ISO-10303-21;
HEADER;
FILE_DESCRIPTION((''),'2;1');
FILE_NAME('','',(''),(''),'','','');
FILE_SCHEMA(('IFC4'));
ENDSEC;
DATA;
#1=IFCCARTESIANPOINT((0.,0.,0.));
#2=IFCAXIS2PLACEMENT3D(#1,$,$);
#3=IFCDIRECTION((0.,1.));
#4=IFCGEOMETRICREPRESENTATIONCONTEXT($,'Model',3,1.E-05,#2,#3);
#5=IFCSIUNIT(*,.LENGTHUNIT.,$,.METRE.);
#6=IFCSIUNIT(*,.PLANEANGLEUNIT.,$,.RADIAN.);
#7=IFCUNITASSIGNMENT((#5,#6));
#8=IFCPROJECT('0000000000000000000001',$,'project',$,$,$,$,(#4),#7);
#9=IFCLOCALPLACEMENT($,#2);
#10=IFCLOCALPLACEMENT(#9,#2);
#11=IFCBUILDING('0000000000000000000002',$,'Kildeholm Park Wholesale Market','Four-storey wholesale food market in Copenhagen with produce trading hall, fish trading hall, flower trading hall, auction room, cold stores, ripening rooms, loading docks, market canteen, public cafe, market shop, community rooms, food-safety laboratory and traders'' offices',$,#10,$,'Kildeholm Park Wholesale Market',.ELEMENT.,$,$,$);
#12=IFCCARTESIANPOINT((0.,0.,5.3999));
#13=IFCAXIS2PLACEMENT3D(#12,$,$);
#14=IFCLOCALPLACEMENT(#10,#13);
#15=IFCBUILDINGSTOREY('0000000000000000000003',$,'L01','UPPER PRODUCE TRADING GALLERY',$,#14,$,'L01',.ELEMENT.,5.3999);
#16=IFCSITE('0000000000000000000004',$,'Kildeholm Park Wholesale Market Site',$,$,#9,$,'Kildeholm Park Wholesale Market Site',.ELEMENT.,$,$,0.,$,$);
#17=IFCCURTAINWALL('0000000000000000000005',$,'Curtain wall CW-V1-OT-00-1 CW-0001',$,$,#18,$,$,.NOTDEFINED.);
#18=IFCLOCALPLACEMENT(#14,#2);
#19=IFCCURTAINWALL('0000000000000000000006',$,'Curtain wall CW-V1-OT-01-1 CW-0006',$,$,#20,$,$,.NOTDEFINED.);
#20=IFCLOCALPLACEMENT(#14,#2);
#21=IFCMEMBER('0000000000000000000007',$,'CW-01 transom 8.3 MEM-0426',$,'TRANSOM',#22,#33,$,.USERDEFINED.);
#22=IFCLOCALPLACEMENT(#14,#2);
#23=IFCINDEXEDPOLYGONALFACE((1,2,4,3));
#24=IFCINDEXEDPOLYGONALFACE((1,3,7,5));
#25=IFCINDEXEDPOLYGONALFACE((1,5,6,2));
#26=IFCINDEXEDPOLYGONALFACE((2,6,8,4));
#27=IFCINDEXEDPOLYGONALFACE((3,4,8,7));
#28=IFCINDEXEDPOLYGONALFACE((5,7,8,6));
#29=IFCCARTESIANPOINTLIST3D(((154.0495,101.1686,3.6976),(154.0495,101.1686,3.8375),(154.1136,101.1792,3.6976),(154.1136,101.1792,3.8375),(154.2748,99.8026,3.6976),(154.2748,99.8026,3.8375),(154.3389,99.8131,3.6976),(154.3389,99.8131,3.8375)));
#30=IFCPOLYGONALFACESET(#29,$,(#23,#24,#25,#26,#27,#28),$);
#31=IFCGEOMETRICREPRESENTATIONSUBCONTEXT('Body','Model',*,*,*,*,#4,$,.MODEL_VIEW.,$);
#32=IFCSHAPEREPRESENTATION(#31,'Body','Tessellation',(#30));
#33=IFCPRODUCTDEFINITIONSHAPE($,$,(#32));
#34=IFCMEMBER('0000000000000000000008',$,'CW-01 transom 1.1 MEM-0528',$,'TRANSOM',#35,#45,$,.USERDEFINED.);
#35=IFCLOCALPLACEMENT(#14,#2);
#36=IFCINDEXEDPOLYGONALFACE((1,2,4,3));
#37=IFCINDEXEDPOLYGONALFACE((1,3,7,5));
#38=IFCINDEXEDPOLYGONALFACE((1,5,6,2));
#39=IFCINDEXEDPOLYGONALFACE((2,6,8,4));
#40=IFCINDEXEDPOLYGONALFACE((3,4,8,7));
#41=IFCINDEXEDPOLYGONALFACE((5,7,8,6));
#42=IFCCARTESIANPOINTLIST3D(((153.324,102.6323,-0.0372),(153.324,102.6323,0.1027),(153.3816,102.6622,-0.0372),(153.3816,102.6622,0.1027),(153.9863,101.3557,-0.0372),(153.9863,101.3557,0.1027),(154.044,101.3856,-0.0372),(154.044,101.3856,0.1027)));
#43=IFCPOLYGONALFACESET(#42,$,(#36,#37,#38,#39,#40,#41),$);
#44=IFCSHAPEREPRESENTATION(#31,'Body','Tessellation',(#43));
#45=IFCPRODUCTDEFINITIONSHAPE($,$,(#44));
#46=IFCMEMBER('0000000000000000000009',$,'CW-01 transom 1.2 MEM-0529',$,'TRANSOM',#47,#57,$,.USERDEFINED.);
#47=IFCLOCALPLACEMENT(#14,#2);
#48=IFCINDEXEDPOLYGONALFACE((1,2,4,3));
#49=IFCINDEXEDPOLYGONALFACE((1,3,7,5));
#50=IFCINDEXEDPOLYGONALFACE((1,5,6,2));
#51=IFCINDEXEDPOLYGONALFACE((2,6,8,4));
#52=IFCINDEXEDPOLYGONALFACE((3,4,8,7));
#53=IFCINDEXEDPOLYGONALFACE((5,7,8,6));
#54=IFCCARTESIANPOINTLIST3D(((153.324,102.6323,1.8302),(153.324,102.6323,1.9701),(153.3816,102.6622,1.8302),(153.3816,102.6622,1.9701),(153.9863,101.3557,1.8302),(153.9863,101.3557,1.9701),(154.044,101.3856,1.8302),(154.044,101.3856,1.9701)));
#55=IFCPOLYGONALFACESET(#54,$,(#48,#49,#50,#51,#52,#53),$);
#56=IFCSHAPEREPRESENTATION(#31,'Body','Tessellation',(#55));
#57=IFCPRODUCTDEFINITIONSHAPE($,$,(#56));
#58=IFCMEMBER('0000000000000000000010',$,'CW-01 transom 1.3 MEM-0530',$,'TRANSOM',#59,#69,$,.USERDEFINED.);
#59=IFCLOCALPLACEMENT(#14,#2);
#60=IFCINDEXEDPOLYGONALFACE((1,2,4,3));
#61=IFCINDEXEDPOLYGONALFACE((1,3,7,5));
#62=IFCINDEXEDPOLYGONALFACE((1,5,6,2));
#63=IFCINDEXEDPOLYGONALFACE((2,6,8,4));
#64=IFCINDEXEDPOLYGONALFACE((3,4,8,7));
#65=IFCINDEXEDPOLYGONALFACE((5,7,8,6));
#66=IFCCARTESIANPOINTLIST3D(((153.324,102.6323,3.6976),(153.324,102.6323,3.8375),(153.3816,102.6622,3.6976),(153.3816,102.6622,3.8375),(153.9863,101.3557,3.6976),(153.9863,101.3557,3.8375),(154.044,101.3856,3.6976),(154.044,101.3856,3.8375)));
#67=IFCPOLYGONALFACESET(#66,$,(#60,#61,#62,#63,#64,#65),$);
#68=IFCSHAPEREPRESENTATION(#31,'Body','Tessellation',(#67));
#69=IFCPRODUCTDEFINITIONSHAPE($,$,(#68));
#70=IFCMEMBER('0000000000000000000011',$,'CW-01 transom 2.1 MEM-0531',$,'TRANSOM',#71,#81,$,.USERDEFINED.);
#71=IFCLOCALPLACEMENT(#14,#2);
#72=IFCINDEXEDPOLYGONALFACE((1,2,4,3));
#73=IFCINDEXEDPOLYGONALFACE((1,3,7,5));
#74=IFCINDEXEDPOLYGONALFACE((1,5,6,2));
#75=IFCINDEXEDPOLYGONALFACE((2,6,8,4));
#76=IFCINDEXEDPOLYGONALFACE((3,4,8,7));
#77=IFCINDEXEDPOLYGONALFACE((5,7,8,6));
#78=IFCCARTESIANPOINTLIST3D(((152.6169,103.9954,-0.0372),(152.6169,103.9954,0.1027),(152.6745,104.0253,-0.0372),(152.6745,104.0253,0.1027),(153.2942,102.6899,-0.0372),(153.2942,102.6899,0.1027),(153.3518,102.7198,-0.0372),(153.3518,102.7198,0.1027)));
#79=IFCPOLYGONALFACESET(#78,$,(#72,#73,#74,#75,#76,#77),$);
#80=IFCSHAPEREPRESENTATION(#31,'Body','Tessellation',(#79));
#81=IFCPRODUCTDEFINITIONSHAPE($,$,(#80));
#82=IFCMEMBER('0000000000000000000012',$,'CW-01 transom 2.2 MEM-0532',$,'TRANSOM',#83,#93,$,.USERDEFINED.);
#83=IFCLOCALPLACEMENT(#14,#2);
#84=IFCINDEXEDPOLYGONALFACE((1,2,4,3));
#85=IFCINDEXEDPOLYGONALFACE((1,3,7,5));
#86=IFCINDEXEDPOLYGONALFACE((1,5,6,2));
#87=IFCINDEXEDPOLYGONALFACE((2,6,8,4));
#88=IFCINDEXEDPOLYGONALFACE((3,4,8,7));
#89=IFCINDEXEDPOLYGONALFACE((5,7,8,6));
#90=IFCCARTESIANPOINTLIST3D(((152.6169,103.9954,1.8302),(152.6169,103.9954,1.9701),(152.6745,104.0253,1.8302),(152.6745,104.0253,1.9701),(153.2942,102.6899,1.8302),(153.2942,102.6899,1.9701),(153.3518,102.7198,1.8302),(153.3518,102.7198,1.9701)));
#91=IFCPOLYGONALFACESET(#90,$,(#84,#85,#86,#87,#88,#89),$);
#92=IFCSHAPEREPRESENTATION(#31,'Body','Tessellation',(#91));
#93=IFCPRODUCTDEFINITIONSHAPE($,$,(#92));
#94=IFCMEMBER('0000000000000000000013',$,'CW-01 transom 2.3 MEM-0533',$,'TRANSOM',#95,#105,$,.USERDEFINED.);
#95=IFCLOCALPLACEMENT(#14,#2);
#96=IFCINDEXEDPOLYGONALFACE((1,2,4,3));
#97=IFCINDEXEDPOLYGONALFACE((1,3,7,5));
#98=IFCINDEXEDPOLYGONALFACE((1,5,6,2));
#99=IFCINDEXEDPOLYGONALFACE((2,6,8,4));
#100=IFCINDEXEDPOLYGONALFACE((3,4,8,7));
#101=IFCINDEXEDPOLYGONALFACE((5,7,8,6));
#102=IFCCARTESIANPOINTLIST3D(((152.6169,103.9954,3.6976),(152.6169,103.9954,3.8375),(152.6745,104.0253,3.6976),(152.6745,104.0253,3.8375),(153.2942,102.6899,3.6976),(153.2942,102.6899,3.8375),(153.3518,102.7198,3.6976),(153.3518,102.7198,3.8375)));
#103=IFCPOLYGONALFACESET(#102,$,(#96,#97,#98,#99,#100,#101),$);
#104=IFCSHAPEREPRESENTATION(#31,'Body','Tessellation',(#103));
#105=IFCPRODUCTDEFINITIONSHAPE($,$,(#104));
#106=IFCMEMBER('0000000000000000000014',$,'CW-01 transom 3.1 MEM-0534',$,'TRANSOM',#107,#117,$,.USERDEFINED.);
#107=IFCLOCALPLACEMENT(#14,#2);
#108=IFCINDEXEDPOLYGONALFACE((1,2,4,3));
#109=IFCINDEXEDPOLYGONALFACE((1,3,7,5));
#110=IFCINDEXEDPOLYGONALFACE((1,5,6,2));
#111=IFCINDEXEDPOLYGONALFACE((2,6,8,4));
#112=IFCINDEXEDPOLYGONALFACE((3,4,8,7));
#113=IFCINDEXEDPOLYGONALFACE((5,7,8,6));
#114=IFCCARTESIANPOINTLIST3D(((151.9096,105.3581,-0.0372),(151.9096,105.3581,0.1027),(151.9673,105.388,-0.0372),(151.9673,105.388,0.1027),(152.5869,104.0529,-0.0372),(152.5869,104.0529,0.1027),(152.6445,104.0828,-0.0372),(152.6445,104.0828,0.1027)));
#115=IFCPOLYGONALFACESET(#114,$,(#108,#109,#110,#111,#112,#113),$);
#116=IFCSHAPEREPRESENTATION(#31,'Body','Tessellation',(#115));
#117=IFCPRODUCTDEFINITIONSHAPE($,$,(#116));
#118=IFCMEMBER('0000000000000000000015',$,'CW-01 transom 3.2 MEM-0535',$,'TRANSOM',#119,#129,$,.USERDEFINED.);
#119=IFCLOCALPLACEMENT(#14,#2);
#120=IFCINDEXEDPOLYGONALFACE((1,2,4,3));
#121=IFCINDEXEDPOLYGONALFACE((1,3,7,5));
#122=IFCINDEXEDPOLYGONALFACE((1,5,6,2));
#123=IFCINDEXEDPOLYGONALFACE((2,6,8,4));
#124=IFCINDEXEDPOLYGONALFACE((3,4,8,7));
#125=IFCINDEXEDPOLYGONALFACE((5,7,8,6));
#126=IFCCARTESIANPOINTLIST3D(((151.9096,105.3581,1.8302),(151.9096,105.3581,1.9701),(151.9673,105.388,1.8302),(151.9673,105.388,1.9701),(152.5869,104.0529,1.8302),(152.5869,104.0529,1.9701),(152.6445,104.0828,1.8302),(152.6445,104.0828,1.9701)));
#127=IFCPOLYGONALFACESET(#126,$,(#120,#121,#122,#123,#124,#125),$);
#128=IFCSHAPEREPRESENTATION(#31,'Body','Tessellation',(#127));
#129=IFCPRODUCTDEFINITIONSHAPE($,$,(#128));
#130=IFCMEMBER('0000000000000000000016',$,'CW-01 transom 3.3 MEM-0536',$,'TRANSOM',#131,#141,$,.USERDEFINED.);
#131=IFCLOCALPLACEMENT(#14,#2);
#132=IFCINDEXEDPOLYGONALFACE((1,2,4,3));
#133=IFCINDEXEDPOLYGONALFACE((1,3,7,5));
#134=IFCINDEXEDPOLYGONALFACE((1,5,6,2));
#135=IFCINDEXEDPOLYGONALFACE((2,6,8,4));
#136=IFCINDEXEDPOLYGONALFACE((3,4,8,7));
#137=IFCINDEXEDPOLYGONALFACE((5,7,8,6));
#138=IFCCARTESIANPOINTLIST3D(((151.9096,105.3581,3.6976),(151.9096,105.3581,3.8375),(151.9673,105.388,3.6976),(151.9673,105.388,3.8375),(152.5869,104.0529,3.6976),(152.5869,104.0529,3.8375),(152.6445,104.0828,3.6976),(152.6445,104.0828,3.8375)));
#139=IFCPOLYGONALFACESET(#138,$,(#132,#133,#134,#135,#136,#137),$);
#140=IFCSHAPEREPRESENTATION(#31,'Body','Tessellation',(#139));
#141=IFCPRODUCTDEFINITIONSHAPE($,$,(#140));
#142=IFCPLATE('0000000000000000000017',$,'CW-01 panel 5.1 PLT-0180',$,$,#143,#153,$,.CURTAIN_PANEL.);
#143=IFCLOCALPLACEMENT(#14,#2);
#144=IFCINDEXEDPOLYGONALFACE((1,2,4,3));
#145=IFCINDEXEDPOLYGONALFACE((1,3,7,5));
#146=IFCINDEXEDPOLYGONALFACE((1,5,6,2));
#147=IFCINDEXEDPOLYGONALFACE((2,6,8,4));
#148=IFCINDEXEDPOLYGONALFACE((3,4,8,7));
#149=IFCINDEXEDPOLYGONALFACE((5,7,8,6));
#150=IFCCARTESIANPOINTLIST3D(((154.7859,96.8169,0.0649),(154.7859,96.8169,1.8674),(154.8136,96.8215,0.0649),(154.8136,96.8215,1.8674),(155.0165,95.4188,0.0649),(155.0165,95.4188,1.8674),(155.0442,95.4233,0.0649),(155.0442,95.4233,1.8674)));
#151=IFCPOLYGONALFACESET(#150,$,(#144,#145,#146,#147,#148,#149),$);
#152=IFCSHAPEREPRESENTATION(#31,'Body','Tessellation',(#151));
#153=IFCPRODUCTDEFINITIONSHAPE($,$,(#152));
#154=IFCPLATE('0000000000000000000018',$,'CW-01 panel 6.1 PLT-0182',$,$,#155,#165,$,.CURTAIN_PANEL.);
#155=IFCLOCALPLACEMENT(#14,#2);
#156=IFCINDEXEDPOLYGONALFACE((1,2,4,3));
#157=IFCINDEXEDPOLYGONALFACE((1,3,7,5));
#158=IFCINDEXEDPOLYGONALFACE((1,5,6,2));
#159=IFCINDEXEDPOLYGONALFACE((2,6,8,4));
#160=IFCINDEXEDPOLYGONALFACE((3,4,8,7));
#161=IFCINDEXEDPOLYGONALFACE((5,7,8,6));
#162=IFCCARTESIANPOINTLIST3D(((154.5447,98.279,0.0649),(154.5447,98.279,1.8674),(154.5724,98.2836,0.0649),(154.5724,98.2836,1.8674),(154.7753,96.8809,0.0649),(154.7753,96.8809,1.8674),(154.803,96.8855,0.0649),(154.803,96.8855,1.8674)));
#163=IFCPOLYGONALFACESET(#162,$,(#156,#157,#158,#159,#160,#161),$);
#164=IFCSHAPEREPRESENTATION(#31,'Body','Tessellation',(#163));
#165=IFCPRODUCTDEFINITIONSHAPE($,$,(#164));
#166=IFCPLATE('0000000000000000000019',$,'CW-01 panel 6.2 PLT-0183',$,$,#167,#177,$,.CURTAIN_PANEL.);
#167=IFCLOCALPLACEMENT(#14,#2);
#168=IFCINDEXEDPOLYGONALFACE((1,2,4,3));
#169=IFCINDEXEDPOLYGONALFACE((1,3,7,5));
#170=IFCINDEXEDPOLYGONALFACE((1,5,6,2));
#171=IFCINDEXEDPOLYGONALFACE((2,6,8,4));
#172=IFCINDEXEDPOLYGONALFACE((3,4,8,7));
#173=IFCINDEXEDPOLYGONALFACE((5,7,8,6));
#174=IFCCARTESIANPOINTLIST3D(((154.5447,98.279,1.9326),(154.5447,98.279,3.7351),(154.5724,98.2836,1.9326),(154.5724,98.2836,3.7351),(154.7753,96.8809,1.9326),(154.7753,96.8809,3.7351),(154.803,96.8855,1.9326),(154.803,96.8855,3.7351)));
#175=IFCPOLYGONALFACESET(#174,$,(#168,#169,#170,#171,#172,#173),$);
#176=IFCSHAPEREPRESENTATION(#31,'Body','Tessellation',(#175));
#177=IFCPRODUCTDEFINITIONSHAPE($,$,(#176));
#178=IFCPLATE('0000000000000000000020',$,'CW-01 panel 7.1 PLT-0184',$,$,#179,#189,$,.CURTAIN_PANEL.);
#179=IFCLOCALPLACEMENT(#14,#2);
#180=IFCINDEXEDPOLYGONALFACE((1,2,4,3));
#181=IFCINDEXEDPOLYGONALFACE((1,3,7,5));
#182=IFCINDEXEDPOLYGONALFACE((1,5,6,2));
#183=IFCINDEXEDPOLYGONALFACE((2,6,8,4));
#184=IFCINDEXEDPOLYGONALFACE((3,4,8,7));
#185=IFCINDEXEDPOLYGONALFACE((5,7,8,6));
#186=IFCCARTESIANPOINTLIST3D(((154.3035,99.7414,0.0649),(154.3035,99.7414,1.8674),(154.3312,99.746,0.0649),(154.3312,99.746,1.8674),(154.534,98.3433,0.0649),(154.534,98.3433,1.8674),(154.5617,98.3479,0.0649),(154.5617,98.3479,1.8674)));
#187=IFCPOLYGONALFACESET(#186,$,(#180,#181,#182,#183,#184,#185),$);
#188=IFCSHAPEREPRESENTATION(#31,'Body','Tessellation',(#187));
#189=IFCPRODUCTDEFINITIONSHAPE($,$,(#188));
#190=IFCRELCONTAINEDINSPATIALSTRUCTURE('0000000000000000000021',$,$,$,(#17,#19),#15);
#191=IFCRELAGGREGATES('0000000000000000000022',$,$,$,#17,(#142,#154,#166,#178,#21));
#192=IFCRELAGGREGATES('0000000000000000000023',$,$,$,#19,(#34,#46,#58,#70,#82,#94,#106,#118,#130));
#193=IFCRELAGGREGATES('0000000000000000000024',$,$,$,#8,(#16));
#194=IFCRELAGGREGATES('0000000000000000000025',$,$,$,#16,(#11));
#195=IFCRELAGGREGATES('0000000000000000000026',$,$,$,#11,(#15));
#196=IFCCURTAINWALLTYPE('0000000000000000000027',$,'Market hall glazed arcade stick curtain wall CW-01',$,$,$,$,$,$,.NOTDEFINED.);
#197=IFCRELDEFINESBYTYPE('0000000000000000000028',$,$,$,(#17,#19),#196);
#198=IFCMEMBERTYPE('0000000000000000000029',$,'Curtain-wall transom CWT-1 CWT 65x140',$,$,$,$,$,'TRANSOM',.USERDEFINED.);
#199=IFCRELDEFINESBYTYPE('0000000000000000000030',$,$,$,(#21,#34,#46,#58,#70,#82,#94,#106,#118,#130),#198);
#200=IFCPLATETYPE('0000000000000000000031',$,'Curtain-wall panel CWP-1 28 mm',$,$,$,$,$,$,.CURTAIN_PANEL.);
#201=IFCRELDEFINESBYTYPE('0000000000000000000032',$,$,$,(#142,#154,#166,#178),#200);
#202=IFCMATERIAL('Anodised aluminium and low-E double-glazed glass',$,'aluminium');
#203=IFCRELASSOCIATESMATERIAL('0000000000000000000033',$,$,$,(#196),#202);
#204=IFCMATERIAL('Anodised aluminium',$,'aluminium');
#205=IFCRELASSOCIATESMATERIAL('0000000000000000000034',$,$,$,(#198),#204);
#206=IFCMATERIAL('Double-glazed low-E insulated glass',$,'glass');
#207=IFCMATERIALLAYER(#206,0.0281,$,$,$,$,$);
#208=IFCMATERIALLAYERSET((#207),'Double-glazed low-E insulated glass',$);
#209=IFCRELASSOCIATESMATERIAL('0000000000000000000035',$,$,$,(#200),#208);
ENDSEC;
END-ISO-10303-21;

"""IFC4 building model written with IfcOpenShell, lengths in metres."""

from ifc_helpers import new_model, si_unit, direction, frame, origin, origin_2d, place, context, subcontext, project, spatial, rectangle, extrude, material, layer, layer_set, material_profile, profile_set, type_object, element, aggregate, save


model = new_model("IFC4")

# Units and contexts
model_context = context("Model", 3, precision=1e-05, world=origin(), true_north=direction((0.0, 1.0)))
body_context = subcontext(model_context, "Body", "Model", "MODEL_VIEW")
ifc_project = project(units=[si_unit("LENGTHUNIT", "METRE"), si_unit("PLANEANGLEUNIT", "RADIAN")], contexts=[model_context])

# Site, building, storey
site_placement = place(None, origin())
site = spatial("IfcSite", under=ifc_project, at=site_placement, Name="Kildeholm Park Wholesale Market Site", LongName="Kildeholm Park Wholesale Market Site", CompositionType="ELEMENT", RefElevation=0.0)
building_placement = place(site_placement, origin())
building = spatial("IfcBuilding", under=site, at=building_placement, Name="Kildeholm Park Wholesale Market", Description="Four-storey wholesale food market in Copenhagen with produce trading hall, fish trading hall, flower trading hall, auction room, cold stores, ripening rooms, loading docks, market canteen, public cafe, market shop, community rooms, food-safety laboratory and traders' offices", LongName="Kildeholm Park Wholesale Market", CompositionType="ELEMENT")
storey_placement = place(building_placement, frame((0.0, 0.0, 5.3999)))
storey = spatial("IfcBuildingStorey", under=building, at=storey_placement, Name="L01", Description="UPPER PRODUCE TRADING GALLERY", LongName="L01", CompositionType="ELEMENT", Elevation=5.3999)

# Curtain walls
ifc_material_1 = material(Name="Anodised aluminium and low-E double-glazed glass", Category="aluminium")
curtain_wall_type = type_object("IfcCurtainWallType", Name="Market hall glazed arcade stick curtain wall CW-01", PredefinedType="NOTDEFINED", material=ifc_material_1)
curtain_wall_1_placement = place(storey_placement, origin())
curtain_wall_1 = element("IfcCurtainWall", 1, at=curtain_wall_1_placement, inside=storey, type_object=curtain_wall_type, Name="Curtain wall CW-V1-OT-00-1 CW-0001", PredefinedType="NOTDEFINED")
ifc_material_2 = material(Name="Anodised aluminium", Category="aluminium")
curtain_wall_2_placement = place(storey_placement, origin())
curtain_wall_2 = element("IfcCurtainWall", 2, at=curtain_wall_2_placement, inside=storey, type_object=curtain_wall_type, Name="Curtain wall CW-V1-OT-01-1 CW-0006", PredefinedType="NOTDEFINED")

# Members
ifc_material_profile_1 = material_profile(ifc_material_2, rectangle(XDim=0.0649, YDim=0.1399, at=origin_2d()), Name="CWT 65x140")
ifc_profile_set_1 = profile_set([ifc_material_profile_1], Name="Anodised aluminium")
member_type_1 = type_object("IfcMemberType", Name="Curtain-wall transom CWT-1 CWT 65x140", ElementType="TRANSOM", PredefinedType="USERDEFINED", material=ifc_profile_set_1)
member_1_placement = place(storey_placement, frame((154.3069, 99.8079, 3.7676), z_axis=(-0.162769, 0.986664, 0.0), x_axis=(-0.986664, -0.162769, 0.0)))
member_1 = element("IfcMember", 3, at=member_1_placement, type_object=member_type_1, Name="CW-01 transom 8.3 MEM-0426", ObjectType="TRANSOM", PredefinedType="USERDEFINED", context=body_context, shape_type="SweptSolid", body=[
    extrude(rectangle(XDim=0.0649, YDim=0.1399, at=origin_2d()), origin(), (0.0, 0.0, 1.0), 1.3845),
])
member_2_placement = place(storey_placement, frame((154.0151, 101.3706, 0.0327), z_axis=(-0.46054, 0.887639, 0.0), x_axis=(-0.887639, -0.46054, 0.0)))
member_2 = element("IfcMember", 4, at=member_2_placement, type_object=member_type_1, Name="CW-01 transom 1.1 MEM-0528", ObjectType="TRANSOM", PredefinedType="USERDEFINED", context=body_context, shape_type="SweptSolid", body=[
    extrude(rectangle(XDim=0.0649, YDim=0.1399, at=origin_2d()), origin(), (0.0, 0.0, 1.0), 1.4382),
])
member_3_placement = place(storey_placement, frame((154.0151, 101.3706, 1.9001), z_axis=(-0.46054, 0.887639, 0.0), x_axis=(-0.887639, -0.46054, 0.0)))
member_3 = element("IfcMember", 5, at=member_3_placement, type_object=member_type_1, Name="CW-01 transom 1.2 MEM-0529", ObjectType="TRANSOM", PredefinedType="USERDEFINED", context=body_context, shape_type="SweptSolid", body=[
    extrude(rectangle(XDim=0.0649, YDim=0.1399, at=origin_2d()), origin(), (0.0, 0.0, 1.0), 1.4382),
])
member_4_placement = place(storey_placement, frame((154.0151, 101.3706, 3.7676), z_axis=(-0.46054, 0.887639, 0.0), x_axis=(-0.887639, -0.46054, 0.0)))
member_4 = element("IfcMember", 6, at=member_4_placement, type_object=member_type_1, Name="CW-01 transom 1.3 MEM-0530", ObjectType="TRANSOM", PredefinedType="USERDEFINED", context=body_context, shape_type="SweptSolid", body=[
    extrude(rectangle(XDim=0.0649, YDim=0.1399, at=origin_2d()), origin(), (0.0, 0.0, 1.0), 1.4382),
])
member_5_placement = place(storey_placement, frame((153.323, 102.7048, 0.0327), z_axis=(-0.460511, 0.887654, 0.0), x_axis=(-0.887654, -0.460511, 0.0)))
member_5 = element("IfcMember", 7, at=member_5_placement, type_object=member_type_1, Name="CW-01 transom 2.1 MEM-0531", ObjectType="TRANSOM", PredefinedType="USERDEFINED", context=body_context, shape_type="SweptSolid", body=[
    extrude(rectangle(XDim=0.0649, YDim=0.1399, at=origin_2d()), origin(), (0.0, 0.0, 1.0), 1.4707),
])
member_6_placement = place(storey_placement, frame((153.323, 102.7048, 1.9001), z_axis=(-0.460511, 0.887654, 0.0), x_axis=(-0.887654, -0.460511, 0.0)))
member_6 = element("IfcMember", 8, at=member_6_placement, type_object=member_type_1, Name="CW-01 transom 2.2 MEM-0532", ObjectType="TRANSOM", PredefinedType="USERDEFINED", context=body_context, shape_type="SweptSolid", body=[
    extrude(rectangle(XDim=0.0649, YDim=0.1399, at=origin_2d()), origin(), (0.0, 0.0, 1.0), 1.4707),
])
member_7_placement = place(storey_placement, frame((153.323, 102.7048, 3.7676), z_axis=(-0.460511, 0.887654, 0.0), x_axis=(-0.887654, -0.460511, 0.0)))
member_7 = element("IfcMember", 9, at=member_7_placement, type_object=member_type_1, Name="CW-01 transom 2.3 MEM-0533", ObjectType="TRANSOM", PredefinedType="USERDEFINED", context=body_context, shape_type="SweptSolid", body=[
    extrude(rectangle(XDim=0.0649, YDim=0.1399, at=origin_2d()), origin(), (0.0, 0.0, 1.0), 1.4707),
])
member_8_placement = place(storey_placement, frame((152.6157, 104.0679, 0.0327), z_axis=(-0.460579, 0.887619, 0.0), x_axis=(-0.887619, -0.460579, 0.0)))
member_8 = element("IfcMember", 10, at=member_8_placement, type_object=member_type_1, Name="CW-01 transom 3.1 MEM-0534", ObjectType="TRANSOM", PredefinedType="USERDEFINED", context=body_context, shape_type="SweptSolid", body=[
    extrude(rectangle(XDim=0.0649, YDim=0.1399, at=origin_2d()), origin(), (0.0, 0.0, 1.0), 1.4705),
])
member_9_placement = place(storey_placement, frame((152.6157, 104.0679, 1.9001), z_axis=(-0.460579, 0.887619, 0.0), x_axis=(-0.887619, -0.460579, 0.0)))
member_9 = element("IfcMember", 11, at=member_9_placement, type_object=member_type_1, Name="CW-01 transom 3.2 MEM-0535", ObjectType="TRANSOM", PredefinedType="USERDEFINED", context=body_context, shape_type="SweptSolid", body=[
    extrude(rectangle(XDim=0.0649, YDim=0.1399, at=origin_2d()), origin(), (0.0, 0.0, 1.0), 1.4705),
])
member_10_placement = place(storey_placement, frame((152.6157, 104.0679, 3.7676), z_axis=(-0.460579, 0.887619, 0.0), x_axis=(-0.887619, -0.460579, 0.0)))
member_10 = element("IfcMember", 12, at=member_10_placement, type_object=member_type_1, Name="CW-01 transom 3.3 MEM-0536", ObjectType="TRANSOM", PredefinedType="USERDEFINED", context=body_context, shape_type="SweptSolid", body=[
    extrude(rectangle(XDim=0.0649, YDim=0.1399, at=origin_2d()), origin(), (0.0, 0.0, 1.0), 1.4705),
])

# Plates
ifc_material_3 = material(Name="Double-glazed low-E insulated glass", Category="glass")
ifc_layer = layer(ifc_material_3, 0.0281)
ifc_layer_set = layer_set([ifc_layer], Name="Double-glazed low-E insulated glass")
plate_type = type_object("IfcPlateType", Name="Curtain-wall panel CWP-1 28 mm", PredefinedType="CURTAIN_PANEL", material=ifc_layer_set)
plate_1_placement = place(storey_placement, frame((154.915, 96.1201, 0.0649), z_axis=(0.0, 0.0, 1.0), x_axis=(-0.162703, 0.986675, 0.0)))
plate_1 = element("IfcPlate", 13, at=plate_1_placement, type_object=plate_type, Name="CW-01 panel 5.1 PLT-0180", PredefinedType="CURTAIN_PANEL", context=body_context, shape_type="SweptSolid", body=[
    extrude(rectangle(XDim=1.417, YDim=0.0281, at=origin_2d()), origin(), (0.0, 0.0, 1.0), 1.8025),
])
plate_2_placement = place(storey_placement, frame((154.6738, 97.5823, 0.0649), z_axis=(0.0, 0.0, 1.0), x_axis=(-0.162703, 0.986675, 0.0)))
plate_2 = element("IfcPlate", 14, at=plate_2_placement, type_object=plate_type, Name="CW-01 panel 6.1 PLT-0182", PredefinedType="CURTAIN_PANEL", context=body_context, shape_type="SweptSolid", body=[
    extrude(rectangle(XDim=1.417, YDim=0.0281, at=origin_2d()), origin(), (0.0, 0.0, 1.0), 1.8025),
])
plate_3_placement = place(storey_placement, frame((154.6738, 97.5823, 1.9326), z_axis=(0.0, 0.0, 1.0), x_axis=(-0.162703, 0.986675, 0.0)))
plate_3 = element("IfcPlate", 15, at=plate_3_placement, type_object=plate_type, Name="CW-01 panel 6.2 PLT-0183", PredefinedType="CURTAIN_PANEL", context=body_context, shape_type="SweptSolid", body=[
    extrude(rectangle(XDim=1.417, YDim=0.0281, at=origin_2d()), origin(), (0.0, 0.0, 1.0), 1.8025),
])
plate_4_placement = place(storey_placement, frame((154.4326, 99.0447, 0.0649), z_axis=(0.0, 0.0, 1.0), x_axis=(-0.162703, 0.986675, 0.0)))
plate_4 = element("IfcPlate", 16, at=plate_4_placement, type_object=plate_type, Name="CW-01 panel 7.1 PLT-0184", PredefinedType="CURTAIN_PANEL", context=body_context, shape_type="SweptSolid", body=[
    extrude(rectangle(XDim=1.417, YDim=0.0281, at=origin_2d()), origin(), (0.0, 0.0, 1.0), 1.8025),
])
aggregate(curtain_wall_1, [plate_1, plate_2, plate_3, plate_4, member_1])
aggregate(curtain_wall_2, [member_2, member_3, member_4, member_5, member_6, member_7, member_8, member_9, member_10])

save(model, "model.ifc")
